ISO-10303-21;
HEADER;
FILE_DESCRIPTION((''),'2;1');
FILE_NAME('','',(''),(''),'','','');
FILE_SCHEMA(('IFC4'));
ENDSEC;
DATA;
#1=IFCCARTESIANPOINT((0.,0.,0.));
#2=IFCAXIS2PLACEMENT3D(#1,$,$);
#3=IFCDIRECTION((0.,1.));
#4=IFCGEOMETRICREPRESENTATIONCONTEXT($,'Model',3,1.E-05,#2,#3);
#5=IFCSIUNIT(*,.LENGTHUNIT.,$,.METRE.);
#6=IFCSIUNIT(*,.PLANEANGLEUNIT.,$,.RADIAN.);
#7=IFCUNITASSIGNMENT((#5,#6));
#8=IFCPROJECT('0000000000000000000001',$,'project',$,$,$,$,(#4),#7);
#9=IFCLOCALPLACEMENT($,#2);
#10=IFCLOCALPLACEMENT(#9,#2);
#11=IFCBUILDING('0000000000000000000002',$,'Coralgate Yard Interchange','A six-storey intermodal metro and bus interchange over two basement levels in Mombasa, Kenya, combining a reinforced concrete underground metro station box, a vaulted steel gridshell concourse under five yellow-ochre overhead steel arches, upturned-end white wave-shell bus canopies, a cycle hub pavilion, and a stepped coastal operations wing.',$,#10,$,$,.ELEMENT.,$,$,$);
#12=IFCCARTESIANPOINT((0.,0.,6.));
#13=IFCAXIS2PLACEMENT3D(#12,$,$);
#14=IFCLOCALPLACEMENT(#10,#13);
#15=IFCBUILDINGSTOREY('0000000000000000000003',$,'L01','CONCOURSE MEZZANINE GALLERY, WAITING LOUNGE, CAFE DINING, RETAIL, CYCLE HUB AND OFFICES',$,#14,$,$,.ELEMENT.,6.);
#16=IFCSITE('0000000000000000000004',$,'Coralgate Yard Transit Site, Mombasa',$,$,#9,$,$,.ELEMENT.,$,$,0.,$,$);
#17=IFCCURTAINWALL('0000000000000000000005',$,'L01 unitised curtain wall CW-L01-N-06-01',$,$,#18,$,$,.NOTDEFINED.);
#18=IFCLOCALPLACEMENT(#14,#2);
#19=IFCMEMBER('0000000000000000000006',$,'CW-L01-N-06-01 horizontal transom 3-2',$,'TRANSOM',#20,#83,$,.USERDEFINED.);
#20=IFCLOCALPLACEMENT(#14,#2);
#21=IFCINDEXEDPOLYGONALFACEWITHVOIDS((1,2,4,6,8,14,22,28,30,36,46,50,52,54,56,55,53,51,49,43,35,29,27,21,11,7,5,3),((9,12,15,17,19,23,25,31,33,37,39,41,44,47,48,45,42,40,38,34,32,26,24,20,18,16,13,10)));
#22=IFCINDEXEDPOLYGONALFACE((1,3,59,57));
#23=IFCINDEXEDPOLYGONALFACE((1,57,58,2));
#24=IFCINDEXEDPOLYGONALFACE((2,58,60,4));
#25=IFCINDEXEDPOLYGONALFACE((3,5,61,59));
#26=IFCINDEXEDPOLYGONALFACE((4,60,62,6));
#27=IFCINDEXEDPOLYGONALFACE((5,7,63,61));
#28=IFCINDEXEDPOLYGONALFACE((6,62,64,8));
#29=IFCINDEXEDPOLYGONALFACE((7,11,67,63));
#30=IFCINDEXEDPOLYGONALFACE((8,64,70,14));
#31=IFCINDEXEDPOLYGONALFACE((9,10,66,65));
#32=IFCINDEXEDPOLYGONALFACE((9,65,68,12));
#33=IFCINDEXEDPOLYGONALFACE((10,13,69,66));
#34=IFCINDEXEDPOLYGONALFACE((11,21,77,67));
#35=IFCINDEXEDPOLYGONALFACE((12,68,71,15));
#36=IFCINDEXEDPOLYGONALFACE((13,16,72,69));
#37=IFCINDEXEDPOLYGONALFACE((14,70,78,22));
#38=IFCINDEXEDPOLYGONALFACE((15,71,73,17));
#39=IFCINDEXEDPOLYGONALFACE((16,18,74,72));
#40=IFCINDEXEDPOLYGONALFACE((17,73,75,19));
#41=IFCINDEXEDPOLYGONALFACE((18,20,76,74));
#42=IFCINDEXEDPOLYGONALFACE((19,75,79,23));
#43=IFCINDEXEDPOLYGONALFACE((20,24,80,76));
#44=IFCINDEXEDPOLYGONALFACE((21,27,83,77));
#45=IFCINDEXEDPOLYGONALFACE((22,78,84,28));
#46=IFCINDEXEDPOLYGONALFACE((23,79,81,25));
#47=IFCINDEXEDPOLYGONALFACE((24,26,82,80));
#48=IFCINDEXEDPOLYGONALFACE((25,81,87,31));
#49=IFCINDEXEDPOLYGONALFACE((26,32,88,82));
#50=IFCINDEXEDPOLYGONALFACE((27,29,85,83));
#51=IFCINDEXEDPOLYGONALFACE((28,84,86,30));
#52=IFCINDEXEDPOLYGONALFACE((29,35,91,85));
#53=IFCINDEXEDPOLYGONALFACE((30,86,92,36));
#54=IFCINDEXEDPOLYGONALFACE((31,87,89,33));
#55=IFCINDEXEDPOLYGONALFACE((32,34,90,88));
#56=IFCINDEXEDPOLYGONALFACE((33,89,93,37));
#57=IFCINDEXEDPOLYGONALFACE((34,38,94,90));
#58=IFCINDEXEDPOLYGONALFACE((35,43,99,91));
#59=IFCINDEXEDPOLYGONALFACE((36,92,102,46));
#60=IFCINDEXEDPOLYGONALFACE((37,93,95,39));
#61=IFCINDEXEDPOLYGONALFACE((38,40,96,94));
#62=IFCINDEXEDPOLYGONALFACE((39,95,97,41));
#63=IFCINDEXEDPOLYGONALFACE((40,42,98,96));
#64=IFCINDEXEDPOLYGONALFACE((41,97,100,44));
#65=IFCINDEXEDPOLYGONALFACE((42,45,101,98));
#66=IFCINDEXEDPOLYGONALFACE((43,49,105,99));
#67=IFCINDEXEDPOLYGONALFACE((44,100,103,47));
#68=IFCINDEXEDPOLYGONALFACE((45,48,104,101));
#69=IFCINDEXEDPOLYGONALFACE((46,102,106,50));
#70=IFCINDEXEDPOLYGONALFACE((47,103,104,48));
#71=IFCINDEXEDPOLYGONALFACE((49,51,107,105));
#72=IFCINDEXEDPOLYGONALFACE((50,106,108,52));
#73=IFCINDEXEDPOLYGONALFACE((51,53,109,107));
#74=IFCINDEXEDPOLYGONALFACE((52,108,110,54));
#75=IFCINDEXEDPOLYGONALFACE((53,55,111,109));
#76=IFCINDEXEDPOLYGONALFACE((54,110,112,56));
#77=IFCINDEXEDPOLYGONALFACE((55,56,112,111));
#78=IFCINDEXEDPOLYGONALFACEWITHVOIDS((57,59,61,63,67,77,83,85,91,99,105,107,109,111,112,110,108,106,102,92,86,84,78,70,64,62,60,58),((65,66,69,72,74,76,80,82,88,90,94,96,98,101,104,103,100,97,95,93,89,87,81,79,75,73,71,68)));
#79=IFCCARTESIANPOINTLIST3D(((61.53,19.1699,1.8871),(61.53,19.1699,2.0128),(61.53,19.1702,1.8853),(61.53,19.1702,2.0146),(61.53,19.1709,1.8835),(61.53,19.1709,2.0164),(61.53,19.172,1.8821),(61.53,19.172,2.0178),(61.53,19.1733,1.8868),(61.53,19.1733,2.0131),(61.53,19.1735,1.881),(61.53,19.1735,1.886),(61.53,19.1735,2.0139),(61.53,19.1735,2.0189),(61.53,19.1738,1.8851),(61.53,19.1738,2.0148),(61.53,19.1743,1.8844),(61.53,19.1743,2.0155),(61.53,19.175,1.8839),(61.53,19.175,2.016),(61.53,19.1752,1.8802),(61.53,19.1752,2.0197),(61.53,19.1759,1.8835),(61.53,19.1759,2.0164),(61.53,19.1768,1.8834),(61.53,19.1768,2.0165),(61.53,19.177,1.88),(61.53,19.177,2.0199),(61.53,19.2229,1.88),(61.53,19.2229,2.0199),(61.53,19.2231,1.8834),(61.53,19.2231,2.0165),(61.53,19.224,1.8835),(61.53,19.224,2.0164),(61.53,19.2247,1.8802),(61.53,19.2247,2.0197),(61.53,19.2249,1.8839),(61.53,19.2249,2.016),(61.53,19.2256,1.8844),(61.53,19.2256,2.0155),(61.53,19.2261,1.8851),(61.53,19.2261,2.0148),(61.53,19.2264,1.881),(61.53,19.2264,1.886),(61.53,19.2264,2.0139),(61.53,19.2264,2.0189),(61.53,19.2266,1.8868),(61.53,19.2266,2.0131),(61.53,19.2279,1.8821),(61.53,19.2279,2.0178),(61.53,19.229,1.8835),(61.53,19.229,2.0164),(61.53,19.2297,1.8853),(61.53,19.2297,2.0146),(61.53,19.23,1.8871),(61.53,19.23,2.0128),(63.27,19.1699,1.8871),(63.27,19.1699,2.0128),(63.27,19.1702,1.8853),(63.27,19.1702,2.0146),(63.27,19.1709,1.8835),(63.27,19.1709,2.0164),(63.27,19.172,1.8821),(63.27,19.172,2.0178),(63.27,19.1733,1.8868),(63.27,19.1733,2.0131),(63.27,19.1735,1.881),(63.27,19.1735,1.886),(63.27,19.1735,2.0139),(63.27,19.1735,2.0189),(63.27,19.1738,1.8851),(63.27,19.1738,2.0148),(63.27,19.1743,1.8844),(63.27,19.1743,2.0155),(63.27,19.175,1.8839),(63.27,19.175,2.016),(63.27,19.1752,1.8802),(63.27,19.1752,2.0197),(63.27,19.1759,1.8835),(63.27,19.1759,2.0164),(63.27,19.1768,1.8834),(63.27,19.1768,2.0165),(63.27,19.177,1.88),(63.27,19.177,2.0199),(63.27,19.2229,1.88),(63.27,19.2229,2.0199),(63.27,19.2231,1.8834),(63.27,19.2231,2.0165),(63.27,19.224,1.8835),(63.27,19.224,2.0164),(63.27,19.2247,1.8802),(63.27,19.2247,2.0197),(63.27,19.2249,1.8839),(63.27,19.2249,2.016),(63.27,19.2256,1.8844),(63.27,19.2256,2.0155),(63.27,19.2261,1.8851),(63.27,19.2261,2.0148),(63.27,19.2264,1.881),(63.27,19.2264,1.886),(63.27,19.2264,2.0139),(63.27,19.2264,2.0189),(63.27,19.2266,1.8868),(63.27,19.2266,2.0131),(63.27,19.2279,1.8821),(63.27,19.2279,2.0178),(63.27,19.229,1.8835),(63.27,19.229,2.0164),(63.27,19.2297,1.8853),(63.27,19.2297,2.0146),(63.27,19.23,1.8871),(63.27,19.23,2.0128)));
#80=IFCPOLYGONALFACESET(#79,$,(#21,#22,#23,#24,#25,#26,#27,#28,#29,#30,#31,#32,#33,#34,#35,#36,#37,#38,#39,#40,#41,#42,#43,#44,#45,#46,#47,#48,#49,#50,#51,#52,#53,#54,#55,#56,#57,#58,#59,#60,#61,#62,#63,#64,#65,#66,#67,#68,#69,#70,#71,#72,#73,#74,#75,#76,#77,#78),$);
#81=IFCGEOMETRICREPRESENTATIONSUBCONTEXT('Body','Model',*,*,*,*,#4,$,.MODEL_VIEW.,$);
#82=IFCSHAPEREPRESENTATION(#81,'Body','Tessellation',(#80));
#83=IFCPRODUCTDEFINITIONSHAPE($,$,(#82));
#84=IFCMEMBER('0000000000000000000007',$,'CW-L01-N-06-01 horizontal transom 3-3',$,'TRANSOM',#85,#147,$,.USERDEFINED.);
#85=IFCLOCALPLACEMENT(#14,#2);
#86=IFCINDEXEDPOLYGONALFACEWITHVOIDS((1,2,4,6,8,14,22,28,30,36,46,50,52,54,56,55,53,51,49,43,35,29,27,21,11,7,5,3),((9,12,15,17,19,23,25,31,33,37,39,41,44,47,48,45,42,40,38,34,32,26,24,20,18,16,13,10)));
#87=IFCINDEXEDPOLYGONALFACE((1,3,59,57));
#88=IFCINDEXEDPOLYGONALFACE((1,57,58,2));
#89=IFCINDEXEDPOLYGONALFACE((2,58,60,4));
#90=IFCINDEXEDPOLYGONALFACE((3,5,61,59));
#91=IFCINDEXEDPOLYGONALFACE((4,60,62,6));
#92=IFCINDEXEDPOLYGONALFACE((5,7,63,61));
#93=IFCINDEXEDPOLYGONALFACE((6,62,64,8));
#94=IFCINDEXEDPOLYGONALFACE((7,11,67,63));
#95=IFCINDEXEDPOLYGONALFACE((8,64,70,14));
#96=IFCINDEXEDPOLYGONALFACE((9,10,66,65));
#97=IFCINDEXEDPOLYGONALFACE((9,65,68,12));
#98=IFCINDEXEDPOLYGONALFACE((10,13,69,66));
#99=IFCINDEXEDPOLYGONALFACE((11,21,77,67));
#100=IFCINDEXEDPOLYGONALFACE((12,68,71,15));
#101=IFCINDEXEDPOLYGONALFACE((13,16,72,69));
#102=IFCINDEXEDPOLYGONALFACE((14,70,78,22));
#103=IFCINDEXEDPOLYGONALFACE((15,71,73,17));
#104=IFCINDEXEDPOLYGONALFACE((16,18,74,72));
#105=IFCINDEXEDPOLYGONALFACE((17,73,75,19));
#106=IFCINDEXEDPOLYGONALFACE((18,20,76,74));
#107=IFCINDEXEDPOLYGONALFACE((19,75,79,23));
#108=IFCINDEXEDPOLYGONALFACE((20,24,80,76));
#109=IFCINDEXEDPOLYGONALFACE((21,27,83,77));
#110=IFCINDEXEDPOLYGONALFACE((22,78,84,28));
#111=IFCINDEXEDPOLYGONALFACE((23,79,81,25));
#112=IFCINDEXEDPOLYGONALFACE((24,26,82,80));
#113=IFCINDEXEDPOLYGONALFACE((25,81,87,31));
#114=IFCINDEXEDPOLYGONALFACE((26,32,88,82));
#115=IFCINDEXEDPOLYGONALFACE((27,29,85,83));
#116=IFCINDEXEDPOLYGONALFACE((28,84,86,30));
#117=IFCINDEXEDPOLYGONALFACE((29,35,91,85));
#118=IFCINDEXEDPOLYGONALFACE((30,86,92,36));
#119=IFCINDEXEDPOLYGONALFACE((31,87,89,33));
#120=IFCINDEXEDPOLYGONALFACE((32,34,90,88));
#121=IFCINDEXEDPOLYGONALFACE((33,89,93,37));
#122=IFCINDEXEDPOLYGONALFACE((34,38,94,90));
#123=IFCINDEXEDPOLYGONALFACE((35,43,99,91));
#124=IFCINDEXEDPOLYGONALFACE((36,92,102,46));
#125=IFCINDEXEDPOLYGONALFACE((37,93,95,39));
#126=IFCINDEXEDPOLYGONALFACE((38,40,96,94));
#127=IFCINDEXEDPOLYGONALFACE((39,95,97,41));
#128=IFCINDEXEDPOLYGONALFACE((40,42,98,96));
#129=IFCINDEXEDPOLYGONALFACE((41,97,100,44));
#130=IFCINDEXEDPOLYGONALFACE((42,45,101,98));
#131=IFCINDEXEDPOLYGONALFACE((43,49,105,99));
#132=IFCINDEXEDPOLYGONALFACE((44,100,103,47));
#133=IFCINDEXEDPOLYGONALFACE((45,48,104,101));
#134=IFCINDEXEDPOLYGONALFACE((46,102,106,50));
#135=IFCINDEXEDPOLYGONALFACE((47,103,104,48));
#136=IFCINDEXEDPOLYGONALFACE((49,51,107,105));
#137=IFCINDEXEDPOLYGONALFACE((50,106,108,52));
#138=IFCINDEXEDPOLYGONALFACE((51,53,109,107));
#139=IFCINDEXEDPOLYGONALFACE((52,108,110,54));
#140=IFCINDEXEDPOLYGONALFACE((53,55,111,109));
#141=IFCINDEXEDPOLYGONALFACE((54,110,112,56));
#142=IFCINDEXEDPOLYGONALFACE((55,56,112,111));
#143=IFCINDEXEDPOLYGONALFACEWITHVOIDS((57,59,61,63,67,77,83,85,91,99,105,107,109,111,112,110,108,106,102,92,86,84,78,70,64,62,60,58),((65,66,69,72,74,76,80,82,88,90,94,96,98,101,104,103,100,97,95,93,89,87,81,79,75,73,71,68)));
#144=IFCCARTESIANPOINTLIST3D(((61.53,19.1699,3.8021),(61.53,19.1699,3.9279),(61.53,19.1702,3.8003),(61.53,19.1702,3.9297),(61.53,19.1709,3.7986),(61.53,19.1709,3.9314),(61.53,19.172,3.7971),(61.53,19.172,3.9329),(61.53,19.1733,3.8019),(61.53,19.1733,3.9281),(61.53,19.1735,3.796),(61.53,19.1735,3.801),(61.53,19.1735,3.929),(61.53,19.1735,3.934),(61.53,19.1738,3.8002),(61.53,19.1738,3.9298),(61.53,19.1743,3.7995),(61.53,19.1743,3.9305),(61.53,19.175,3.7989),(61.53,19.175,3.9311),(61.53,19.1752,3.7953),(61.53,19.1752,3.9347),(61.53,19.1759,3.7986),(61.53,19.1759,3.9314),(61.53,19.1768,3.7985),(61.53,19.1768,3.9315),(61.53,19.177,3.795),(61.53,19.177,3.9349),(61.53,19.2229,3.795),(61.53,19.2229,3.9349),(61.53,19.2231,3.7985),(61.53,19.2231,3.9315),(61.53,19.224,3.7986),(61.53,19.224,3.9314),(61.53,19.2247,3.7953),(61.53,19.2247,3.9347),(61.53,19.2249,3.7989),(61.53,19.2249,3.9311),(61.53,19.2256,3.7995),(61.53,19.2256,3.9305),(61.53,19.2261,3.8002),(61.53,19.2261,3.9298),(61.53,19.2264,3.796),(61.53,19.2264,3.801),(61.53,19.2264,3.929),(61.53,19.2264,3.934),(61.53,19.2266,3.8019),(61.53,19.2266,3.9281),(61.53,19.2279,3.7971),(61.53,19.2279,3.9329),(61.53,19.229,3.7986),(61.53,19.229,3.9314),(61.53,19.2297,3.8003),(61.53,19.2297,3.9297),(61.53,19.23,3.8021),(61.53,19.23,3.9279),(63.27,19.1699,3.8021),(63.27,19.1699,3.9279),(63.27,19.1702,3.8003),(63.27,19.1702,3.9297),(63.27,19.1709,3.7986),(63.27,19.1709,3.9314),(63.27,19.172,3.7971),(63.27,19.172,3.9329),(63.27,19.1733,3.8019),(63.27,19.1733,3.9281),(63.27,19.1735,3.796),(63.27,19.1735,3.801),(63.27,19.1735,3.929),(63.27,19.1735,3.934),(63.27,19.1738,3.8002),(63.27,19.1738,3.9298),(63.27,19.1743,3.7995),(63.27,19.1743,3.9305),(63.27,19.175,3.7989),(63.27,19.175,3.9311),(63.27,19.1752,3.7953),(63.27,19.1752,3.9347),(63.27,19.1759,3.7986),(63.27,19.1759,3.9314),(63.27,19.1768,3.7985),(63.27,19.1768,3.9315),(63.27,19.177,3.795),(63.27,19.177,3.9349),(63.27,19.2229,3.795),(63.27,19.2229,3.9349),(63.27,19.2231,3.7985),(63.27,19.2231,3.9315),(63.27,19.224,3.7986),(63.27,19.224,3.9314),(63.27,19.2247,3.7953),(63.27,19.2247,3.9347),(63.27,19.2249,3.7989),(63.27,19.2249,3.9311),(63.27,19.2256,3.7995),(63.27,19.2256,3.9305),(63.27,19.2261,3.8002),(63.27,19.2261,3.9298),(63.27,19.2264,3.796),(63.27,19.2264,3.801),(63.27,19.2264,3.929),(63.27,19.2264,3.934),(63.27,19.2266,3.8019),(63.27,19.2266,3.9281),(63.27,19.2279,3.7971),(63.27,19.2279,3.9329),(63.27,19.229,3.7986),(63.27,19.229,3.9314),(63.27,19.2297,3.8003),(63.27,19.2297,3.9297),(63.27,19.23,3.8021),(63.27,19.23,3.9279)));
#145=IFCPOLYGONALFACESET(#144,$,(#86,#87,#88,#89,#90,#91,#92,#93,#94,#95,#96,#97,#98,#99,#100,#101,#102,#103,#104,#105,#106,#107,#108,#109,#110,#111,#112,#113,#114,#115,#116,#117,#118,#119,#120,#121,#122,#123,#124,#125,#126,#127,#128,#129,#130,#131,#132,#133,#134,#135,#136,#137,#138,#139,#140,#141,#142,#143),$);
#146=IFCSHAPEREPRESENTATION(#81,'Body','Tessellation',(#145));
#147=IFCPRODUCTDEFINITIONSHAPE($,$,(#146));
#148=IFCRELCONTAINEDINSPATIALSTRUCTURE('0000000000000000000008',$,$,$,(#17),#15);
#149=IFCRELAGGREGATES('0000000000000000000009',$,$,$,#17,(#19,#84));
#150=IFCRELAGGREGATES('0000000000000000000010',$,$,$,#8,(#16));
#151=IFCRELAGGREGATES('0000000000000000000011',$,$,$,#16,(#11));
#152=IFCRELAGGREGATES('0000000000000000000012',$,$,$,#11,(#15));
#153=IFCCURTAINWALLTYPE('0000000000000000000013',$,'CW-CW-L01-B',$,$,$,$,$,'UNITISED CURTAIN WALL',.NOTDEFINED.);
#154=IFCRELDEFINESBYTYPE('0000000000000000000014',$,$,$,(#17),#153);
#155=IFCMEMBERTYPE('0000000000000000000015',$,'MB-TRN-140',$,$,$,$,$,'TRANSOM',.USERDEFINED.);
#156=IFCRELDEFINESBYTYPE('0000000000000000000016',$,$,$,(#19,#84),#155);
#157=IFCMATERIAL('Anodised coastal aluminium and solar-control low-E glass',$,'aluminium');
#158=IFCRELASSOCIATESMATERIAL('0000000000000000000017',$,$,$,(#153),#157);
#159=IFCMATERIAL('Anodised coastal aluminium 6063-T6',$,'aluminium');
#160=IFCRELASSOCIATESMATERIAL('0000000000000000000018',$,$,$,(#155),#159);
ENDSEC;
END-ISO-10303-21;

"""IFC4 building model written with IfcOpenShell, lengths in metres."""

from ifc_helpers import new_model, si_unit, direction, frame, origin, origin_2d, place, context, subcontext, project, spatial, hollow_rectangle, extrude, material, material_profile, profile_set, type_object, element, aggregate, save


model = new_model("IFC4")

# Units and contexts
model_context = context("Model", 3, precision=1e-05, world=origin(), true_north=direction((0.0, 1.0)))
body_context = subcontext(model_context, "Body", "Model", "MODEL_VIEW")
ifc_project = project(units=[si_unit("LENGTHUNIT", "METRE"), si_unit("PLANEANGLEUNIT", "RADIAN")], contexts=[model_context])

# Site, building, storey
site_placement = place(None, origin())
site = spatial("IfcSite", under=ifc_project, at=site_placement, Name="Coralgate Yard Transit Site, Mombasa", CompositionType="ELEMENT", RefElevation=0.0)
building_placement = place(site_placement, origin())
building = spatial("IfcBuilding", under=site, at=building_placement, Name="Coralgate Yard Interchange", Description="A six-storey intermodal metro and bus interchange over two basement levels in Mombasa, Kenya, combining a reinforced concrete underground metro station box, a vaulted steel gridshell concourse under five yellow-ochre overhead steel arches, upturned-end white wave-shell bus canopies, a cycle hub pavilion, and a stepped coastal operations wing.", CompositionType="ELEMENT")
storey_placement = place(building_placement, frame((0.0, 0.0, 6.0)))
storey = spatial("IfcBuildingStorey", under=building, at=storey_placement, Name="L01", Description="CONCOURSE MEZZANINE GALLERY, WAITING LOUNGE, CAFE DINING, RETAIL, CYCLE HUB AND OFFICES", CompositionType="ELEMENT", Elevation=6.0)

# Curtain wall, members
ifc_material_1 = material(Name="Anodised coastal aluminium and solar-control low-E glass", Category="aluminium")
curtain_wall_type = type_object("IfcCurtainWallType", Name="CW-CW-L01-B", ElementType="UNITISED CURTAIN WALL", PredefinedType="NOTDEFINED", material=ifc_material_1)
curtain_wall_placement = place(storey_placement, origin())
curtain_wall = element("IfcCurtainWall", 1, at=curtain_wall_placement, inside=storey, type_object=curtain_wall_type, Name="L01 unitised curtain wall CW-L01-N-06-01", PredefinedType="NOTDEFINED")
ifc_material_2 = material(Name="Anodised coastal aluminium 6063-T6", Category="aluminium")
ifc_material_profile_1 = material_profile(ifc_material_2, hollow_rectangle(XDim=0.0601, YDim=0.1399, WallThickness=0.0034, InnerFilletRadius=0.0034, OuterFilletRadius=0.0071, at=origin_2d()), Name="ALU 60x140x3.5")
ifc_profile_set_1 = profile_set([ifc_material_profile_1], Name="Anodised coastal aluminium 6063-T6")
member_type_1 = type_object("IfcMemberType", Name="MB-TRN-140", ElementType="TRANSOM", PredefinedType="USERDEFINED", material=ifc_profile_set_1)
member_1_placement = place(storey_placement, frame((61.53, 19.2, 1.95), z_axis=(1.0, 0.0, 0.0), x_axis=(0.0, 1.0, 0.0)))
member_1 = element("IfcMember", 2, at=member_1_placement, type_object=member_type_1, Name="CW-L01-N-06-01 horizontal transom 3-2", ObjectType="TRANSOM", PredefinedType="USERDEFINED", context=body_context, shape_type="SweptSolid", body=[
    extrude(hollow_rectangle(XDim=0.0601, YDim=0.1399, WallThickness=0.0034, InnerFilletRadius=0.0034, OuterFilletRadius=0.0071, at=origin_2d()), origin(), (0.0, 0.0, 1.0), 1.74),
])
member_2_placement = place(storey_placement, frame((61.53, 19.2, 3.865), z_axis=(1.0, 0.0, 0.0), x_axis=(0.0, 1.0, 0.0)))
member_2 = element("IfcMember", 3, at=member_2_placement, type_object=member_type_1, Name="CW-L01-N-06-01 horizontal transom 3-3", ObjectType="TRANSOM", PredefinedType="USERDEFINED", context=body_context, shape_type="SweptSolid", body=[
    extrude(hollow_rectangle(XDim=0.0601, YDim=0.1399, WallThickness=0.0034, InnerFilletRadius=0.0034, OuterFilletRadius=0.0071, at=origin_2d()), origin(), (0.0, 0.0, 1.0), 1.74),
])
aggregate(curtain_wall, [member_1, member_2])

save(model, "model.ifc")
